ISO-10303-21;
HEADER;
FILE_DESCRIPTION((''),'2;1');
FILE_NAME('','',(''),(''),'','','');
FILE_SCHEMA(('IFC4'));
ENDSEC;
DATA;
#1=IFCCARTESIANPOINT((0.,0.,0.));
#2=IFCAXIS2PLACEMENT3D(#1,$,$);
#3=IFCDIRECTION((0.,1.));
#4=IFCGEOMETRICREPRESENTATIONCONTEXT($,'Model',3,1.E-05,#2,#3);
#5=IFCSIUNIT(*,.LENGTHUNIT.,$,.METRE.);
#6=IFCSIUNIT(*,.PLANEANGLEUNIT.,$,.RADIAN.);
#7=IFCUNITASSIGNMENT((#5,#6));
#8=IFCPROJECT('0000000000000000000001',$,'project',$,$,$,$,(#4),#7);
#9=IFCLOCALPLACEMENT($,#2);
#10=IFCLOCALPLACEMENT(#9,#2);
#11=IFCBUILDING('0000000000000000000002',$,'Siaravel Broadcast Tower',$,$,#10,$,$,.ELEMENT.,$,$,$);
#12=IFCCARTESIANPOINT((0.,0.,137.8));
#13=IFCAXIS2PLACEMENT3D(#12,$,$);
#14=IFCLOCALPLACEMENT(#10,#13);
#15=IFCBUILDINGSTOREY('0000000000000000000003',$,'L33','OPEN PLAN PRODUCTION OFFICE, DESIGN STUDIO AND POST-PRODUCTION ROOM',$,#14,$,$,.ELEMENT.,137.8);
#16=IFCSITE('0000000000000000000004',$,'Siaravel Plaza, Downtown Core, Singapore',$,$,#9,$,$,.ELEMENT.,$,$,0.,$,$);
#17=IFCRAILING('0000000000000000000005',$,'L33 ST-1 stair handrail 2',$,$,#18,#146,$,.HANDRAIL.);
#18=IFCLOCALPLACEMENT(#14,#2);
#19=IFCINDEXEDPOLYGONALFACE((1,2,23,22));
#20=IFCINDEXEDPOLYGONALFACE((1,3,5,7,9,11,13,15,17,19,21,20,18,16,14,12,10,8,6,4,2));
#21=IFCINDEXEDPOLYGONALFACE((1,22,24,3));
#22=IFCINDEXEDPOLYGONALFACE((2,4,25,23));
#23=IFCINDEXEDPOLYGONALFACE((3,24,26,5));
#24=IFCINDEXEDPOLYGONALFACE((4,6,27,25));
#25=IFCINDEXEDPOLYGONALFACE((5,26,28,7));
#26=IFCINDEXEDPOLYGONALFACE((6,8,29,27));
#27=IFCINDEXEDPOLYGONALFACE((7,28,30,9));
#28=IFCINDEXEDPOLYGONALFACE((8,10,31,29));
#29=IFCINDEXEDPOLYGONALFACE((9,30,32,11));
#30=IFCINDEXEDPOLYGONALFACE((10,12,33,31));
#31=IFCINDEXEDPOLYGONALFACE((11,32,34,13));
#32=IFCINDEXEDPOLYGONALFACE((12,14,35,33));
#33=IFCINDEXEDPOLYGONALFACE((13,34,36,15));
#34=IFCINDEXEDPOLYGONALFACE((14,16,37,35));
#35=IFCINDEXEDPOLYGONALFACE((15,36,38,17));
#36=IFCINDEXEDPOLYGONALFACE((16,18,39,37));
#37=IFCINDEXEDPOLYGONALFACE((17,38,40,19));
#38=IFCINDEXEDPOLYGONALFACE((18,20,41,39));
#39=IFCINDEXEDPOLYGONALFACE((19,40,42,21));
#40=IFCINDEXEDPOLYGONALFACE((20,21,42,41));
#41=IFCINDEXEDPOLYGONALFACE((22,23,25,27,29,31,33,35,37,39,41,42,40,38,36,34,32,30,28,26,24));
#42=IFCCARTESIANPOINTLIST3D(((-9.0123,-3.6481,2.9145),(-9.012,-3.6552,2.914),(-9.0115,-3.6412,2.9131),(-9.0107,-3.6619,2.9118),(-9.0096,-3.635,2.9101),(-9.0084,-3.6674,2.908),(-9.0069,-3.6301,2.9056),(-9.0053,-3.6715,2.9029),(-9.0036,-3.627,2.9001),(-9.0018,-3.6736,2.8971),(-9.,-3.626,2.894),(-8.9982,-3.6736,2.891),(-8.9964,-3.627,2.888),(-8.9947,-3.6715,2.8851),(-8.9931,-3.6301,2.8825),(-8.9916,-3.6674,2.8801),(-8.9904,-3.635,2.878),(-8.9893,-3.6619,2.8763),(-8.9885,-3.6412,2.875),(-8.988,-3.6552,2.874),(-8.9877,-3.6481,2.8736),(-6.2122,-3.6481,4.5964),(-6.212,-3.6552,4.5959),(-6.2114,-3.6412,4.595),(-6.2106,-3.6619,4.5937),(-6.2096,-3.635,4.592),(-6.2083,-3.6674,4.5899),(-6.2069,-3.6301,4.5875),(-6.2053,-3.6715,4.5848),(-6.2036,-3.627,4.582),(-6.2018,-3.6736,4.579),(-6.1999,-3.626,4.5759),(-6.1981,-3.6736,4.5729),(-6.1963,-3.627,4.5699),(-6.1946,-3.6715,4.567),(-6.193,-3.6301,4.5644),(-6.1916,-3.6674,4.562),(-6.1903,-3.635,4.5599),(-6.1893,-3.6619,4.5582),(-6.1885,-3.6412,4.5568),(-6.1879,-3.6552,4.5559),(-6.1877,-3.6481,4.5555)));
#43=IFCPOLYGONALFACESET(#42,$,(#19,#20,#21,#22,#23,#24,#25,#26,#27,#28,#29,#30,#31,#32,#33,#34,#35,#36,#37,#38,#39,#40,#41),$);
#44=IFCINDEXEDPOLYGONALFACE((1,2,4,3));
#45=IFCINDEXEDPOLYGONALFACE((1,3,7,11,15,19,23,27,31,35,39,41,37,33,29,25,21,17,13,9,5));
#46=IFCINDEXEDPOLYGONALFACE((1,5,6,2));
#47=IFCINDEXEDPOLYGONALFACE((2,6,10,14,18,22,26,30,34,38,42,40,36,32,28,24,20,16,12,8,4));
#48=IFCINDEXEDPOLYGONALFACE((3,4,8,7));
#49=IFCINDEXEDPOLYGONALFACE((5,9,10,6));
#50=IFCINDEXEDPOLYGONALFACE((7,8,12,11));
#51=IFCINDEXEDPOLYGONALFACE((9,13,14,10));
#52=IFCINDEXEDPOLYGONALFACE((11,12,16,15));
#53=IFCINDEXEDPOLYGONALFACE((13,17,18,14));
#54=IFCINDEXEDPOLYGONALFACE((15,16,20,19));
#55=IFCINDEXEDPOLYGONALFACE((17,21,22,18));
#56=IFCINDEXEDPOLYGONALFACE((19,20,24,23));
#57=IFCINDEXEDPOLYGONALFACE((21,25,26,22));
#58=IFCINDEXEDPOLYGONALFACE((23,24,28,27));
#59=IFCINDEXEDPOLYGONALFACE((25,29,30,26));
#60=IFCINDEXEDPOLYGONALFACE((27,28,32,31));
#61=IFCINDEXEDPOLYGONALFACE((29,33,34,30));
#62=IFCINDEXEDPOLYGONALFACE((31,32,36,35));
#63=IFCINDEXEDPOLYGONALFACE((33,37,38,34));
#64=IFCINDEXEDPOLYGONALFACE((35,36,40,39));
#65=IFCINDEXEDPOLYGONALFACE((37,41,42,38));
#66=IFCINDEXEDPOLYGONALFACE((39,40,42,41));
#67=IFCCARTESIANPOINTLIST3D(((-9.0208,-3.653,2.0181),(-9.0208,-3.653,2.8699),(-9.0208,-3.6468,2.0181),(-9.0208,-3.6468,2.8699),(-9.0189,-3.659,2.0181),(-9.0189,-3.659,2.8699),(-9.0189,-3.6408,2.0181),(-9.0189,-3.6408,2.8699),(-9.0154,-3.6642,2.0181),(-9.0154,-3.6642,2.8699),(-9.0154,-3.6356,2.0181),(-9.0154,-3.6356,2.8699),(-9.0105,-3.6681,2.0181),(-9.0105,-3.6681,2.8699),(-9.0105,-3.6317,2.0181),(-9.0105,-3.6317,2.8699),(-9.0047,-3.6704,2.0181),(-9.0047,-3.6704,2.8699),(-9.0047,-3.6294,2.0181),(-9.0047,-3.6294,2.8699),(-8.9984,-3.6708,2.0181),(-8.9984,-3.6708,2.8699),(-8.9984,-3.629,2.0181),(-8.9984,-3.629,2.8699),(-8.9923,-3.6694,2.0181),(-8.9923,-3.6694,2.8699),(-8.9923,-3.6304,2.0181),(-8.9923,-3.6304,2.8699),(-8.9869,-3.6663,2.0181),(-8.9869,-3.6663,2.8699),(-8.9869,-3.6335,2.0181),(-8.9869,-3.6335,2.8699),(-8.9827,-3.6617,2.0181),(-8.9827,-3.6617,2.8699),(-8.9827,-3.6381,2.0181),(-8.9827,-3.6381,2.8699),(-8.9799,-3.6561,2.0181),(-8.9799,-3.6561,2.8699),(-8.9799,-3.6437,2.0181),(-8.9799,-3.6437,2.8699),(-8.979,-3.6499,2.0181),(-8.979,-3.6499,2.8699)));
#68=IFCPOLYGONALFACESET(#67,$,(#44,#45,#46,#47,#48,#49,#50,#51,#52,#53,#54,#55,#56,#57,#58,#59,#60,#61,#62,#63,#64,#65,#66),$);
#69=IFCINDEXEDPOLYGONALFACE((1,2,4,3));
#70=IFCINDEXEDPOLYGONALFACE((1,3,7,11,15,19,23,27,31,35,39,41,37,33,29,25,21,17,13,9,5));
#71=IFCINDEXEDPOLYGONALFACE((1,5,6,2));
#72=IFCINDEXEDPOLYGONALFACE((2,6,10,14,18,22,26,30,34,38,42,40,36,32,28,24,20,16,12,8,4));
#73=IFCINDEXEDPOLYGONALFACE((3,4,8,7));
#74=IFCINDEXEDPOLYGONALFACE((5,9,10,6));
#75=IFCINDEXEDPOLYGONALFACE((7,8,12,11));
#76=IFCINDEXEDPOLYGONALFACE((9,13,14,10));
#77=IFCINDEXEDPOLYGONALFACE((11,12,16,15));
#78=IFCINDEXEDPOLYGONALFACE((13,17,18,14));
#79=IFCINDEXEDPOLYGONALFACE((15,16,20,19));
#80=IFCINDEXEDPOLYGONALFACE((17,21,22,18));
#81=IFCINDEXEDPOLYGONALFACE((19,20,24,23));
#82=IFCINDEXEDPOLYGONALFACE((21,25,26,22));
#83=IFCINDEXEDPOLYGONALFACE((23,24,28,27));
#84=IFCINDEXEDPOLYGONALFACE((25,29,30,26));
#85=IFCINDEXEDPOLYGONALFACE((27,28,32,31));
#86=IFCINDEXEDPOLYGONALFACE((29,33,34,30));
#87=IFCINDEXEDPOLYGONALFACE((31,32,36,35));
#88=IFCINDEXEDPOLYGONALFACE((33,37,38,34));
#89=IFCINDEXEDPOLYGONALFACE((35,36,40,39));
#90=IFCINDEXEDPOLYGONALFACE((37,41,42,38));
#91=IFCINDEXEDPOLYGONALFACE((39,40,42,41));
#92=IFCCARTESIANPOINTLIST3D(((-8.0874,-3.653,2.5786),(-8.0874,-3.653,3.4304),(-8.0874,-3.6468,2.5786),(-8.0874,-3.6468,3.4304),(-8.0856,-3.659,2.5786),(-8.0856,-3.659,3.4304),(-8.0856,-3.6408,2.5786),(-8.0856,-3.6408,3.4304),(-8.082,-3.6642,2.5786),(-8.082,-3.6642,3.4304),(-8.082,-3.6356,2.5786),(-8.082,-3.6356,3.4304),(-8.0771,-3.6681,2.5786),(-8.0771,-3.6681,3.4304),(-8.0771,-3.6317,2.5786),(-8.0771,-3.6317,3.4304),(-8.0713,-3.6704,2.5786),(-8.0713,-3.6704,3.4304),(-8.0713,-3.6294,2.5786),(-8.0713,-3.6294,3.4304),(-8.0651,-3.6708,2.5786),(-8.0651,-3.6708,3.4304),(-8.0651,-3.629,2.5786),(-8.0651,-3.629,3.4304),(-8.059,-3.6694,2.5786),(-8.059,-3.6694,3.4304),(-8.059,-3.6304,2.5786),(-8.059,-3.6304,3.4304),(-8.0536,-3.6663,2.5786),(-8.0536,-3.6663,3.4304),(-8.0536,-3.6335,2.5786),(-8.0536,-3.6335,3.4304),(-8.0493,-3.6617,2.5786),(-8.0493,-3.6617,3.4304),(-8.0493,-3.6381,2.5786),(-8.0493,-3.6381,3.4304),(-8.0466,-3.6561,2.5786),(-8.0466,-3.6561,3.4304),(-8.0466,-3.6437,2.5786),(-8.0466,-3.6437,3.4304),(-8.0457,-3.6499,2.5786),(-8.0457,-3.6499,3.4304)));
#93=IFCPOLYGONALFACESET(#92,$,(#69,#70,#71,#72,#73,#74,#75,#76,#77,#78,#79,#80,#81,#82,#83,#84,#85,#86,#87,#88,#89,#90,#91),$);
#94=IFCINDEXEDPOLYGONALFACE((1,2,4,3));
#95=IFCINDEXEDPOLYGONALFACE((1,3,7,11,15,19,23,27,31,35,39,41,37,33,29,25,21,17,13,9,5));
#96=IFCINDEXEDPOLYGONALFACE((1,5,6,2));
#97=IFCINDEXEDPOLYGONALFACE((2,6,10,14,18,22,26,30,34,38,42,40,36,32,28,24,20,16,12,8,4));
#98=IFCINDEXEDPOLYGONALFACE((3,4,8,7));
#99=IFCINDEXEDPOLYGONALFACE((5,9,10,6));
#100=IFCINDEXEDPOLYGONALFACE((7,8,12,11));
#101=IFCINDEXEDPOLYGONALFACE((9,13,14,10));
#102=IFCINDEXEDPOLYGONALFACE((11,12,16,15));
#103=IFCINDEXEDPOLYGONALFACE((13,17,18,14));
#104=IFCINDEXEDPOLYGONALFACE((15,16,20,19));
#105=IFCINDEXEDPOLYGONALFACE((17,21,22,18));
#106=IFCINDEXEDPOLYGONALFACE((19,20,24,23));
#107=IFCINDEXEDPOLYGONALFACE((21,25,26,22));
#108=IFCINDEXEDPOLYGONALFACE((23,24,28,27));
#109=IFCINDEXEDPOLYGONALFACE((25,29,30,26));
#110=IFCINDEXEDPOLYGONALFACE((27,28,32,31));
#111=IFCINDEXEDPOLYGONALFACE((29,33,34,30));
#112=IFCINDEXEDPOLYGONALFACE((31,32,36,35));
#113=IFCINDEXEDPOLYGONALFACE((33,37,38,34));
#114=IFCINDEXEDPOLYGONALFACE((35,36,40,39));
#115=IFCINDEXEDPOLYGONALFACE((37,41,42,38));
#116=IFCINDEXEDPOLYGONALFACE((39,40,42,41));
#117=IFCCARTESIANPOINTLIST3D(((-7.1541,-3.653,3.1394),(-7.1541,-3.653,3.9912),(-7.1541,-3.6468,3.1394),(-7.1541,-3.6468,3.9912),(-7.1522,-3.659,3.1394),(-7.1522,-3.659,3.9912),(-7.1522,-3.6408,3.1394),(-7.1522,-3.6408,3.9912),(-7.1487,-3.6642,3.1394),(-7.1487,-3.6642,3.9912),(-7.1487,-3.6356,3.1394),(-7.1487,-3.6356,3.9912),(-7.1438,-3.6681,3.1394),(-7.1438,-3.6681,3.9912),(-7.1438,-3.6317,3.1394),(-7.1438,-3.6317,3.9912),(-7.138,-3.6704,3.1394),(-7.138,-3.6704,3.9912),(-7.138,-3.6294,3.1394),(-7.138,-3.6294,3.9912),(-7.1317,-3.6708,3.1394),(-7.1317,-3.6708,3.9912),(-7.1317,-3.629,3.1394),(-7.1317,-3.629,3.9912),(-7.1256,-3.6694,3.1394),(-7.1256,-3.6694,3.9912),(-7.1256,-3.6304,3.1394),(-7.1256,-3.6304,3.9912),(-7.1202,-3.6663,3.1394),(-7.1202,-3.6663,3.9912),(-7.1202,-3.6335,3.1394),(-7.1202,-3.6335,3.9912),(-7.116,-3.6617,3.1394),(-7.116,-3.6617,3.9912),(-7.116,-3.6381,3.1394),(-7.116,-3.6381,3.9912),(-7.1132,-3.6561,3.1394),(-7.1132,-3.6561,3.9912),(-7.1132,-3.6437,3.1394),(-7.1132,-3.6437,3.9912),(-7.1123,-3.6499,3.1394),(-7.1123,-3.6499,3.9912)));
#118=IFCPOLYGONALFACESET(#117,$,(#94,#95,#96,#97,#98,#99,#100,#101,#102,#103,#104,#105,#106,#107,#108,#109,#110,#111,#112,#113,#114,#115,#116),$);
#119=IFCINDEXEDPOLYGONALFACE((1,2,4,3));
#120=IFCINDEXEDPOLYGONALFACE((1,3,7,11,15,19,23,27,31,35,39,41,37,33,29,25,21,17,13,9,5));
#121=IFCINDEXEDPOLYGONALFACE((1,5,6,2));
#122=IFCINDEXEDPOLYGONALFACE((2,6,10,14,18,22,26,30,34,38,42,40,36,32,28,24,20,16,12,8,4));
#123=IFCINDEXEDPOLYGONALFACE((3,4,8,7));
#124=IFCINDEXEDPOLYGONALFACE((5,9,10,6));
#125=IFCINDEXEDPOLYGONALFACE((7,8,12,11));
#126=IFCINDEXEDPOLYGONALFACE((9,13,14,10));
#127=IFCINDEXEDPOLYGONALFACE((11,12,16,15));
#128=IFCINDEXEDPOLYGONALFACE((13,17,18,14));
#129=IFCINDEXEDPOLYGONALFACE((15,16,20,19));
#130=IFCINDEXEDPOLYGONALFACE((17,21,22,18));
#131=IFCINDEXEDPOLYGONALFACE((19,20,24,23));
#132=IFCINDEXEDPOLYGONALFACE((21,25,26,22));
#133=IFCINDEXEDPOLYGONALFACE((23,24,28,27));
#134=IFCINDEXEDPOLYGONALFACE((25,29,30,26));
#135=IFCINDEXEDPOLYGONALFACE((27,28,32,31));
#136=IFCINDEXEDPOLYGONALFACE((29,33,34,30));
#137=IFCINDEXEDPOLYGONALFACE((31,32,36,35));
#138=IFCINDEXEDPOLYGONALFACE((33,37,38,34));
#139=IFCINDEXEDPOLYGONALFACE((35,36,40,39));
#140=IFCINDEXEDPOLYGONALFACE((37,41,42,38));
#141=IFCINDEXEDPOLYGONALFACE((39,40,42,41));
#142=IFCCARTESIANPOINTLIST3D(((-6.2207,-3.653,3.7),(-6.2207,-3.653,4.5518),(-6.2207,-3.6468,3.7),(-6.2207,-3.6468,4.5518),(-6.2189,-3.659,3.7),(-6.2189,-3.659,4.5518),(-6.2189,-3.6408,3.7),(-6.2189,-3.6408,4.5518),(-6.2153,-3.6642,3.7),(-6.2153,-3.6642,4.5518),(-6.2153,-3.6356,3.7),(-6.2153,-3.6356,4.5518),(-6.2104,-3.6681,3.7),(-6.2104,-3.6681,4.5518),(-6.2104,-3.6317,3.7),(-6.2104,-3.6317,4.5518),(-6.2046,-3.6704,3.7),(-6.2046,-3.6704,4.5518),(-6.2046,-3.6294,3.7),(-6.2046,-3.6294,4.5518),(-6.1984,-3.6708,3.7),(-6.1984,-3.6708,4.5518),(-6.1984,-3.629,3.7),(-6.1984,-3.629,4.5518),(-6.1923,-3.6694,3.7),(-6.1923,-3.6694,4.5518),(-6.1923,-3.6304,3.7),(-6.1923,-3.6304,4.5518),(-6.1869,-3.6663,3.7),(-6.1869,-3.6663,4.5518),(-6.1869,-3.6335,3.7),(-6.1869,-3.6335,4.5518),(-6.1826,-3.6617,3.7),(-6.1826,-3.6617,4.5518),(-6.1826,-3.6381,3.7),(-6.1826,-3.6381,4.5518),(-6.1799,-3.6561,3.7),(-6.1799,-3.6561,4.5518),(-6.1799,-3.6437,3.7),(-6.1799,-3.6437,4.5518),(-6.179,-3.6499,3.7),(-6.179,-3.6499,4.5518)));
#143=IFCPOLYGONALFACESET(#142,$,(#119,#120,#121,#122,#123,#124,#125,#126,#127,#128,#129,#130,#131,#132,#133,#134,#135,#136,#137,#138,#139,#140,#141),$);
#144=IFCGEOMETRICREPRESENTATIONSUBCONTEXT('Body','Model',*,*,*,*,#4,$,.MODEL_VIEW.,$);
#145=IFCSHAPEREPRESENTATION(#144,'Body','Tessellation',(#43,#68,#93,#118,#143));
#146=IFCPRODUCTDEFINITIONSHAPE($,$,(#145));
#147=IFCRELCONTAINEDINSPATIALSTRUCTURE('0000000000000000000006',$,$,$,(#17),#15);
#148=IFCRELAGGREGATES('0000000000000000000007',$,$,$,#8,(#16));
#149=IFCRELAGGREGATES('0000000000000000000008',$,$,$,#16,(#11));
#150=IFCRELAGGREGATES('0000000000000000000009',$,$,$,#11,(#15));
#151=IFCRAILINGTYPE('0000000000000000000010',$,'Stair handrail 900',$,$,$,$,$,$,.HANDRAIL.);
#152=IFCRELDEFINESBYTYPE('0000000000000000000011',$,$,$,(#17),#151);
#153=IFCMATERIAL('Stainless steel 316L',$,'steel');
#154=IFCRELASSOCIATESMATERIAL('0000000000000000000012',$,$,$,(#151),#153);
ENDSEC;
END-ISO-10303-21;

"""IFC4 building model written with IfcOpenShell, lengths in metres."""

from ifc_helpers import new_model, si_unit, direction, frame, origin, origin_2d, place, context, subcontext, project, spatial, circle, extrude, material, type_object, element, save


model = new_model("IFC4")

# Units and contexts
model_context = context("Model", 3, precision=1e-05, world=origin(), true_north=direction((0.0, 1.0)))
body_context = subcontext(model_context, "Body", "Model", "MODEL_VIEW")
ifc_project = project(units=[si_unit("LENGTHUNIT", "METRE"), si_unit("PLANEANGLEUNIT", "RADIAN")], contexts=[model_context])

# Site, building, storey
site_placement = place(None, origin())
site = spatial("IfcSite", under=ifc_project, at=site_placement, Name="Siaravel Plaza, Downtown Core, Singapore", CompositionType="ELEMENT", RefElevation=0.0)
building_placement = place(site_placement, origin())
building = spatial("IfcBuilding", under=site, at=building_placement, Name="Siaravel Broadcast Tower", CompositionType="ELEMENT")
storey_placement = place(building_placement, frame((0.0, 0.0, 137.8)))
storey = spatial("IfcBuildingStorey", under=building, at=storey_placement, Name="L33", Description="OPEN PLAN PRODUCTION OFFICE, DESIGN STUDIO AND POST-PRODUCTION ROOM", CompositionType="ELEMENT", Elevation=137.8)

# Shared definitions
ifc_material_1 = material(Name="Stainless steel 316L", Category="steel")

# Railing
railing_type_1 = type_object("IfcRailingType", Name="Stair handrail 900", PredefinedType="HANDRAIL", material=ifc_material_1)
railing_1_placement = place(storey_placement, frame((-9.0, -3.6499, 2.0181)))
element("IfcRailing", 1, at=railing_1_placement, inside=storey, type_object=railing_type_1, Name="L33 ST-1 stair handrail 2", PredefinedType="HANDRAIL", context=body_context, shape_type="SweptSolid", body=[
    extrude(circle(Radius=0.0239, at=origin_2d()), frame((0.0, 0.0, 0.876), z_axis=(0.857242, 0.0, 0.514913), x_axis=(0.0, 1.0, 0.0)), (0.0, 0.0, 1.0), 3.2664),
    extrude(circle(Radius=0.021, at=origin_2d()), origin(), (0.0, 0.0, 1.0), 0.8518),
    extrude(circle(Radius=0.021, at=origin_2d()), frame((0.9333, 0.0, 0.5605)), (0.0, 0.0, 1.0), 0.8518),
    extrude(circle(Radius=0.021, at=origin_2d()), frame((1.8667, 0.0, 1.1213)), (0.0, 0.0, 1.0), 0.8518),
    extrude(circle(Radius=0.021, at=origin_2d()), frame((2.8, 0.0, 1.6819)), (0.0, 0.0, 1.0), 0.8518),
])

save(model, "model.ifc")
